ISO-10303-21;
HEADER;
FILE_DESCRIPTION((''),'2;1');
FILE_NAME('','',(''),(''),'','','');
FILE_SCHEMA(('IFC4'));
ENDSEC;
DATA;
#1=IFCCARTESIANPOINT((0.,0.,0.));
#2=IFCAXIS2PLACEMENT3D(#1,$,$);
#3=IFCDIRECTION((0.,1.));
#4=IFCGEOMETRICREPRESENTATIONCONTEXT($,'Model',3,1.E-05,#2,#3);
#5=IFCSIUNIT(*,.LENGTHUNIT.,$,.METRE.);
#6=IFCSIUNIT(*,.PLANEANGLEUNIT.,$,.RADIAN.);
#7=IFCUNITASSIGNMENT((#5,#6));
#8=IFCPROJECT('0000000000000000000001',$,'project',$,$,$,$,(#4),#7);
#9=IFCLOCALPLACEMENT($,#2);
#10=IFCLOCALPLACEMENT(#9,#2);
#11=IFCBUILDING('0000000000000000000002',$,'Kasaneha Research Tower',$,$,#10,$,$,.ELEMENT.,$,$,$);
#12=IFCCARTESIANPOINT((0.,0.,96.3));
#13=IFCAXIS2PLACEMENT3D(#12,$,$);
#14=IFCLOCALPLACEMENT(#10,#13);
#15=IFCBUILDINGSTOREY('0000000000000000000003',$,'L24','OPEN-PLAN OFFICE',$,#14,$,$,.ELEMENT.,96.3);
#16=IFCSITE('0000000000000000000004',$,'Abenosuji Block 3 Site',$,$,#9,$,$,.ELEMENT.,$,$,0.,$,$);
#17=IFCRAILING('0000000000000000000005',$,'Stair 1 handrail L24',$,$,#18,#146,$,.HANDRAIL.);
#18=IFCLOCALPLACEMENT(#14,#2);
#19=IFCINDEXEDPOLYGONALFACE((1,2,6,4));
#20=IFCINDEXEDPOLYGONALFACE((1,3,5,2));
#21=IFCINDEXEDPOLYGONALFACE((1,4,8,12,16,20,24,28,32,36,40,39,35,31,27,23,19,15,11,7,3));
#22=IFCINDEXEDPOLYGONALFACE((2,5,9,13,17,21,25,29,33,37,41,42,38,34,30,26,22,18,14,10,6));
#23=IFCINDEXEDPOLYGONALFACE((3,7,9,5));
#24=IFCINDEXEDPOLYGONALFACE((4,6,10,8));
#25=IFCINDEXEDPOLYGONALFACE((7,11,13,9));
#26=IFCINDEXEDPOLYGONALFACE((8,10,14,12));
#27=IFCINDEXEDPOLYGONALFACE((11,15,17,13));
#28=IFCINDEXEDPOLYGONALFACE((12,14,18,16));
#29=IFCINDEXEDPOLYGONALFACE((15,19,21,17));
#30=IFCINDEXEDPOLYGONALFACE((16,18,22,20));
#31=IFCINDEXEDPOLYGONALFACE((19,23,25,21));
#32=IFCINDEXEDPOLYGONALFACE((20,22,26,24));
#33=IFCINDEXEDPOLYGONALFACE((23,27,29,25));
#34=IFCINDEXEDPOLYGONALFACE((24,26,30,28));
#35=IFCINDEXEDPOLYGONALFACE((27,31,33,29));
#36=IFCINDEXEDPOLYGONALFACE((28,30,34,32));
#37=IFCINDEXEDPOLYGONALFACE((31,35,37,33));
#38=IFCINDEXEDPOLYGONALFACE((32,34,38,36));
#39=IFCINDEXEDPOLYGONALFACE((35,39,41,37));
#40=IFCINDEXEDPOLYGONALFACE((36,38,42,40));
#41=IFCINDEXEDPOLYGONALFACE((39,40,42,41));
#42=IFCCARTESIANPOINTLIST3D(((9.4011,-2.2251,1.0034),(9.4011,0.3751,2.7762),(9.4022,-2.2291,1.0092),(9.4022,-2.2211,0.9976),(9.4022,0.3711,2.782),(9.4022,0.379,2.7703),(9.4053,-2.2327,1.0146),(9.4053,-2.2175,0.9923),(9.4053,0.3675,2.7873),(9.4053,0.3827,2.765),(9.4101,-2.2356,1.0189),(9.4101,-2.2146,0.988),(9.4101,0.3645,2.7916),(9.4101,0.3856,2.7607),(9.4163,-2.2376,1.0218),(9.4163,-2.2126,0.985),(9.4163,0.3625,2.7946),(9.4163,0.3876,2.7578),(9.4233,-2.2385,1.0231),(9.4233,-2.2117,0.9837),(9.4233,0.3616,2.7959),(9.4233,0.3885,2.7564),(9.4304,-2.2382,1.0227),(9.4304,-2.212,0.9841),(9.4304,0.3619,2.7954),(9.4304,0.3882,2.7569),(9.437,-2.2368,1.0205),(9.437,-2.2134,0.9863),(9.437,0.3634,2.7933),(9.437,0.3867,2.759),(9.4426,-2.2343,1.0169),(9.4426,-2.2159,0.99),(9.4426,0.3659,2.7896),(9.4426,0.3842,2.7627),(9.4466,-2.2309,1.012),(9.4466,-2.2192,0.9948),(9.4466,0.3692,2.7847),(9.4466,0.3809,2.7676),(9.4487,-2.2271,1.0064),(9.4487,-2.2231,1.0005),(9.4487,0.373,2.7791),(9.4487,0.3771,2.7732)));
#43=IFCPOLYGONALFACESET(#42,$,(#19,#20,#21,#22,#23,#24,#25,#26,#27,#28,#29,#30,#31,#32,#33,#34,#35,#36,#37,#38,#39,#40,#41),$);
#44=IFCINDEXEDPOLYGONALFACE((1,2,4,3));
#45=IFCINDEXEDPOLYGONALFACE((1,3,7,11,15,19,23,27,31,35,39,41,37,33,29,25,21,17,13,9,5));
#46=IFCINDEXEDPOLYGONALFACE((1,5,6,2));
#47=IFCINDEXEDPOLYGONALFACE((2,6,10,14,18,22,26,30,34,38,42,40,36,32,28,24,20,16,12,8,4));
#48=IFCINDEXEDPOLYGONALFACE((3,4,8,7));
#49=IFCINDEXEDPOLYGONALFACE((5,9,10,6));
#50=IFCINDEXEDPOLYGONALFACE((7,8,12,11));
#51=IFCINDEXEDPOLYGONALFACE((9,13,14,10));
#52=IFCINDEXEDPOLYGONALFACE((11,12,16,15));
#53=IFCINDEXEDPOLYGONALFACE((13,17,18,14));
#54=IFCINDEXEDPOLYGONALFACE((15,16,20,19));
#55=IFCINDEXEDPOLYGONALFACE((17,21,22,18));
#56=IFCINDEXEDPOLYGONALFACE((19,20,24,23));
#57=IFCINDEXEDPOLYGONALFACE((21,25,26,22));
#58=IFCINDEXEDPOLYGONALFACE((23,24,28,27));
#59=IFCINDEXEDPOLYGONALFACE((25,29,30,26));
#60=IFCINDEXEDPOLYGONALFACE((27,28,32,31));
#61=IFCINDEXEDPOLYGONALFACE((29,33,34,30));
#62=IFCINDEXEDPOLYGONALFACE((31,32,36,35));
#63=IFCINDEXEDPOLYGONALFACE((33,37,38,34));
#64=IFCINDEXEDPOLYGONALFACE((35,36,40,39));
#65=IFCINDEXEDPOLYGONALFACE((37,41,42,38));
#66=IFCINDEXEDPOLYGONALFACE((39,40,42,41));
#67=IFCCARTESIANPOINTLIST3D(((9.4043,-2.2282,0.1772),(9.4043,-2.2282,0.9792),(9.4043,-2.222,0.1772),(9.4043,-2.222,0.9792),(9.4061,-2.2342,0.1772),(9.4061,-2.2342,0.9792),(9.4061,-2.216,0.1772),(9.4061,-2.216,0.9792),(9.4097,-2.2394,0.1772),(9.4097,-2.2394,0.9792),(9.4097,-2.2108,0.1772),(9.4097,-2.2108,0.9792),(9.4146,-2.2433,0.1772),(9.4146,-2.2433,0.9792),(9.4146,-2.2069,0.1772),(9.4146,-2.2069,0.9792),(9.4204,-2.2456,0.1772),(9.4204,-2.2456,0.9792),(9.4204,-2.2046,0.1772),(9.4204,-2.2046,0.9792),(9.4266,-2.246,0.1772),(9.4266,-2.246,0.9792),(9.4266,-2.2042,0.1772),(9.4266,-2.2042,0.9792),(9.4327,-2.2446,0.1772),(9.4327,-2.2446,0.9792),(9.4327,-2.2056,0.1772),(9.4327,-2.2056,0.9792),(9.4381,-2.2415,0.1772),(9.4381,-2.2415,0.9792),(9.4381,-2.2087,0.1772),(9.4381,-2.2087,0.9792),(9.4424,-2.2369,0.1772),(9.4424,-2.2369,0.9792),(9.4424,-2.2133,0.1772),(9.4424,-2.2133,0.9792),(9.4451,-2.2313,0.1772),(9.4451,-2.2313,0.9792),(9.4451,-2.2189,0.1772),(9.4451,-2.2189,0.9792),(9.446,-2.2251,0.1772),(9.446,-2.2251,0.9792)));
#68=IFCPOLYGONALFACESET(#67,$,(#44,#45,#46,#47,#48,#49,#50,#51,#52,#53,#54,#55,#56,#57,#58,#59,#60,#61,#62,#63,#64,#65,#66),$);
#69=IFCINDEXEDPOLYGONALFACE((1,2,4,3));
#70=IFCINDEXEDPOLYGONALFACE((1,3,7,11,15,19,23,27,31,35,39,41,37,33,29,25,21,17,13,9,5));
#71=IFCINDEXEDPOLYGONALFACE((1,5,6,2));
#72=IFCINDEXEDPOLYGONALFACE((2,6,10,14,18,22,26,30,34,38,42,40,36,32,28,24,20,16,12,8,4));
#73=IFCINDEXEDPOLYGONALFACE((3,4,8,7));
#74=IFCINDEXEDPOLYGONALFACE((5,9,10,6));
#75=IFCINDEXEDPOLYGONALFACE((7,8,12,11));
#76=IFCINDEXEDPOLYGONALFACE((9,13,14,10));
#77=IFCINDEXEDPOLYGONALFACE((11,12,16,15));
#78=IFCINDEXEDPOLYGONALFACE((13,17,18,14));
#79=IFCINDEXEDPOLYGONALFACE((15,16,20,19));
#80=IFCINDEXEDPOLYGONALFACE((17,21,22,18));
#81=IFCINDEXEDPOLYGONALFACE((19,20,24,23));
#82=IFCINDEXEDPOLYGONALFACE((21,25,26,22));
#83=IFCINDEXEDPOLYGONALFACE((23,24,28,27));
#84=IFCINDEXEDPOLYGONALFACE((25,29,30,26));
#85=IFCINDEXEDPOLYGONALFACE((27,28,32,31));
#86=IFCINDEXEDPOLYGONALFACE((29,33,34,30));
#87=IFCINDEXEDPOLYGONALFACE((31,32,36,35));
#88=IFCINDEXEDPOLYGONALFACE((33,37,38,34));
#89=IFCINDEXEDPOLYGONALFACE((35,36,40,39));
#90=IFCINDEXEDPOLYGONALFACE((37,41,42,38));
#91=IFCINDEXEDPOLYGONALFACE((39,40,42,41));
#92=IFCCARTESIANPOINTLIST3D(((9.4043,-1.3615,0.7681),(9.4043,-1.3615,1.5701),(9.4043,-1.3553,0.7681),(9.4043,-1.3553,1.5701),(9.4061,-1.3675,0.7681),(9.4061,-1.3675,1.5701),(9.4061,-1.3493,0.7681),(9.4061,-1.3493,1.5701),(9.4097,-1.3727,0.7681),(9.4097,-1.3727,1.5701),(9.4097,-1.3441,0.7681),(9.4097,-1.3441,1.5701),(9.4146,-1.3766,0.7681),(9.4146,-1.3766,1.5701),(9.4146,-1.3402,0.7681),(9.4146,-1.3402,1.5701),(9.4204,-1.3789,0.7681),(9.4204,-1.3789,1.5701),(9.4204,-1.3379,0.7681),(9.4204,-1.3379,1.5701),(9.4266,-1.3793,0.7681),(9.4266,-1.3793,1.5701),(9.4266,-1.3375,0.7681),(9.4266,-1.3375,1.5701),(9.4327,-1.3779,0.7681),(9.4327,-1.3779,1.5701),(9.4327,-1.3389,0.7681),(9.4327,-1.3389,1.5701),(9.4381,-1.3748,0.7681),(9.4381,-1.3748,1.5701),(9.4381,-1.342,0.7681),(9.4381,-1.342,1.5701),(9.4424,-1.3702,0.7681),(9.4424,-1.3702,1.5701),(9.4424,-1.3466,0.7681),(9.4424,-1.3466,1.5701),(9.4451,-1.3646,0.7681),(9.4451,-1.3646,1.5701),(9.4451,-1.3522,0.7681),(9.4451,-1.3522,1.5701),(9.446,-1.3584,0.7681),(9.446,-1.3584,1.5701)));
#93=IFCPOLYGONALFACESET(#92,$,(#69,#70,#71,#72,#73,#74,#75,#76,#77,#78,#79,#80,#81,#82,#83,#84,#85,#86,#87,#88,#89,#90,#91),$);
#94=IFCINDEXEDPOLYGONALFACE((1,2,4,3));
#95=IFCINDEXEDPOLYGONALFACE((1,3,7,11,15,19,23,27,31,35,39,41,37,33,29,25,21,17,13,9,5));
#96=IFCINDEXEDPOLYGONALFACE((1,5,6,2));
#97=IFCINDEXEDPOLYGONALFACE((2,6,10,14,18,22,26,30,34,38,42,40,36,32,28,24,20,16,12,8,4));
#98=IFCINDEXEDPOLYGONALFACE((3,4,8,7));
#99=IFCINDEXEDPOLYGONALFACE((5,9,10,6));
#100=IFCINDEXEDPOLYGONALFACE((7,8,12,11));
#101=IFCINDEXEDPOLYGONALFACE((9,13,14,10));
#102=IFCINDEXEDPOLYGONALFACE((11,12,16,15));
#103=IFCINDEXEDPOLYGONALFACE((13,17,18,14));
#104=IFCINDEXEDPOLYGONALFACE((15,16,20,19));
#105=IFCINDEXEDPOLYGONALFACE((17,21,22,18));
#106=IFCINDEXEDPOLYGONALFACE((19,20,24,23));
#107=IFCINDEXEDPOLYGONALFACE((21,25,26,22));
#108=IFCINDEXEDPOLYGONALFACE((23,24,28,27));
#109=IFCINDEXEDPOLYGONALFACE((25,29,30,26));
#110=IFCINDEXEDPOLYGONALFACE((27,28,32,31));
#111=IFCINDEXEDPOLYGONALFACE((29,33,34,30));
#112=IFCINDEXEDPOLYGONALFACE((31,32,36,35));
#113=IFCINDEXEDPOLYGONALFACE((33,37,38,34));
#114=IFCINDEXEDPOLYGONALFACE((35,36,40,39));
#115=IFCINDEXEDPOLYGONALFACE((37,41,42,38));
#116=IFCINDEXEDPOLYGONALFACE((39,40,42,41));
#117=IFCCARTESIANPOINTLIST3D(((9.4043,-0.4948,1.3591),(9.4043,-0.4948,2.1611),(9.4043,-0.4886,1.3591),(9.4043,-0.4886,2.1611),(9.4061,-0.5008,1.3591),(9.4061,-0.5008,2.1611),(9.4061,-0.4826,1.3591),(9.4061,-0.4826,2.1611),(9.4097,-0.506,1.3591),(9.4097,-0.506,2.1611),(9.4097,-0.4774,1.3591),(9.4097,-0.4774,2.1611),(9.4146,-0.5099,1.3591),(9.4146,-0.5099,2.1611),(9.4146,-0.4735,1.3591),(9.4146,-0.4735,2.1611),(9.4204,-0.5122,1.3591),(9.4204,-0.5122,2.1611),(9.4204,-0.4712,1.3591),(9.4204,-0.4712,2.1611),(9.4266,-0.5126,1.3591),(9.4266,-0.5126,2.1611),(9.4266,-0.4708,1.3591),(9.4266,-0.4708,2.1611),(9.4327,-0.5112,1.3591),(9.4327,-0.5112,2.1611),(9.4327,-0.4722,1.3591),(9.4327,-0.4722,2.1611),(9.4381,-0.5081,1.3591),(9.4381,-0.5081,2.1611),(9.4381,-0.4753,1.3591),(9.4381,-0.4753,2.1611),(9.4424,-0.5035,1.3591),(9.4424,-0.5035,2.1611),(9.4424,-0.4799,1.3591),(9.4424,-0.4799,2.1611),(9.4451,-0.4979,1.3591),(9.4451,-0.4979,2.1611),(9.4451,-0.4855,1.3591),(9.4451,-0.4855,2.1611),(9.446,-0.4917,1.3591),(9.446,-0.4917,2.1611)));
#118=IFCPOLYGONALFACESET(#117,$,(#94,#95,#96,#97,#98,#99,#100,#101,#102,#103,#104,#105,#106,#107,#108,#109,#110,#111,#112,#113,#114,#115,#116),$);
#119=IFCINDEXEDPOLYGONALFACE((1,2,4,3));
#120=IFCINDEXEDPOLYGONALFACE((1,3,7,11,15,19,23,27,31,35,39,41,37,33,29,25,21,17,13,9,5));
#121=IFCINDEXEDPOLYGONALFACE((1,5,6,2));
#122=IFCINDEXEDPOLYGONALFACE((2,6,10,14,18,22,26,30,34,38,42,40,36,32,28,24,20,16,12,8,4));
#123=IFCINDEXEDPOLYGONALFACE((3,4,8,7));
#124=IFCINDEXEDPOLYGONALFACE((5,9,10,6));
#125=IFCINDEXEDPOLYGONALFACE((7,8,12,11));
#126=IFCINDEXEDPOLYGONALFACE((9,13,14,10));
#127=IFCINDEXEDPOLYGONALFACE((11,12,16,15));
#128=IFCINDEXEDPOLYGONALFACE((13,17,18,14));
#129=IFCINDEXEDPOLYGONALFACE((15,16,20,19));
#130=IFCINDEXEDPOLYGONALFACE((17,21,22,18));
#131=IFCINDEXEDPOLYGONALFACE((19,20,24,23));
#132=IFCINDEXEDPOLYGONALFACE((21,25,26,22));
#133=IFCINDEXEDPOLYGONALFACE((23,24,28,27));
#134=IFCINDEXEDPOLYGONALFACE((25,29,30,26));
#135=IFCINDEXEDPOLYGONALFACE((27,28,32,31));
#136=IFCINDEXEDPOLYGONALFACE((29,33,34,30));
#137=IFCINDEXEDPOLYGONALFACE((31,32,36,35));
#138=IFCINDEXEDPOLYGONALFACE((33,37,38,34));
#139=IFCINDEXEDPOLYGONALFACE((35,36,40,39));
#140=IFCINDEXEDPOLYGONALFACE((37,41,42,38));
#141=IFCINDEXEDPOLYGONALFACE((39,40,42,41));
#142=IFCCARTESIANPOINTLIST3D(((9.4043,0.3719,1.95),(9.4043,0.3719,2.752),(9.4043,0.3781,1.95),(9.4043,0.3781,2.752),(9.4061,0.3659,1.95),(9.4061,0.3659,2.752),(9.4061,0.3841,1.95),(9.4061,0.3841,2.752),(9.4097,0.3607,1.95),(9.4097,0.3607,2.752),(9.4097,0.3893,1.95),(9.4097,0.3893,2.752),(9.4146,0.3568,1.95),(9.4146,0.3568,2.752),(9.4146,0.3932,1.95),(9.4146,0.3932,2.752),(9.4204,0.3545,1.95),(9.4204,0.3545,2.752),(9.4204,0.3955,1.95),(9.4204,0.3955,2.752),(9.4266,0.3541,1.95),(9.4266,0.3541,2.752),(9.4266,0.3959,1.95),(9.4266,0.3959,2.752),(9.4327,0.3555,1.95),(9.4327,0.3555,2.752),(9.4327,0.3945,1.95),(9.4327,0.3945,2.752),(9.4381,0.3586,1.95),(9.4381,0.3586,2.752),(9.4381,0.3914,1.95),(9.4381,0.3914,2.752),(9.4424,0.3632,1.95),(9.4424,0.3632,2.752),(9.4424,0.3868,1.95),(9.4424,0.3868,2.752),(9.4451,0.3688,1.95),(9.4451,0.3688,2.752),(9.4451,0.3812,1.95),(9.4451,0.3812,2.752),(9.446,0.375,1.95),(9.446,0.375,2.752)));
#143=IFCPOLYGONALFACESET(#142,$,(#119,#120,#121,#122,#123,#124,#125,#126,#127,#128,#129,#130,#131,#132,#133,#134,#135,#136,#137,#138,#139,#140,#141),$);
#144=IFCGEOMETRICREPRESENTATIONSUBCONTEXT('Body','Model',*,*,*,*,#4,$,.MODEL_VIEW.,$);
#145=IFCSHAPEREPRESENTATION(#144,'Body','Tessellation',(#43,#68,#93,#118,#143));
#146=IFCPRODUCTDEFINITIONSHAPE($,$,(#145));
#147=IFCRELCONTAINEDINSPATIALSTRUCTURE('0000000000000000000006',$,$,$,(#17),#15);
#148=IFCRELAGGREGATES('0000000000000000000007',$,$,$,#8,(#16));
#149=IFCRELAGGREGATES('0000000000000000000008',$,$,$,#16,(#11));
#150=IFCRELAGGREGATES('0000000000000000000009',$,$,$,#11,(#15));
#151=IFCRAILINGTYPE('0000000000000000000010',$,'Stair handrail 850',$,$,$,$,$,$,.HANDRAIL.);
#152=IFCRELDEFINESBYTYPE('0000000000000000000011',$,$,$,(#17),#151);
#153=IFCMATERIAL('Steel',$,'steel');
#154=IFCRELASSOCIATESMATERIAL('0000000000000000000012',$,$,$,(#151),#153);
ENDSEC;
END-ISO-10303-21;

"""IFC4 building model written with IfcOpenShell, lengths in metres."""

from ifc_helpers import new_model, si_unit, direction, frame, origin, origin_2d, place, context, subcontext, project, spatial, circle, extrude, material, type_object, element, save


model = new_model("IFC4")

# Units and contexts
model_context = context("Model", 3, precision=1e-05, world=origin(), true_north=direction((0.0, 1.0)))
body_context = subcontext(model_context, "Body", "Model", "MODEL_VIEW")
ifc_project = project(units=[si_unit("LENGTHUNIT", "METRE"), si_unit("PLANEANGLEUNIT", "RADIAN")], contexts=[model_context])

# Site, building, storey
site_placement = place(None, origin())
site = spatial("IfcSite", under=ifc_project, at=site_placement, Name="Abenosuji Block 3 Site", CompositionType="ELEMENT", RefElevation=0.0)
building_placement = place(site_placement, origin())
building = spatial("IfcBuilding", under=site, at=building_placement, Name="Kasaneha Research Tower", CompositionType="ELEMENT")
storey_placement = place(building_placement, frame((0.0, 0.0, 96.3)))
storey = spatial("IfcBuildingStorey", under=building, at=storey_placement, Name="L24", Description="OPEN-PLAN OFFICE", CompositionType="ELEMENT", Elevation=96.3)

# Railing
ifc_material_1 = material(Name="Steel", Category="steel")
railing_type = type_object("IfcRailingType", Name="Stair handrail 850", PredefinedType="HANDRAIL", material=ifc_material_1)
railing_placement = place(storey_placement, frame((9.425, -2.2251, 0.1772)))
element("IfcRailing", 1, at=railing_placement, inside=storey, type_object=railing_type, Name="Stair 1 handrail L24", PredefinedType="HANDRAIL", context=body_context, shape_type="SweptSolid", body=[
    extrude(circle(Radius=0.0239, at=origin_2d()), frame((0.0, 0.0, 0.8262), z_axis=(0.0, 0.82624, 0.563318), x_axis=(-1.0, 0.0, 0.0)), (0.0, 0.0, 1.0), 3.147),
    extrude(circle(Radius=0.021, at=origin_2d()), origin(), (0.0, 0.0, 1.0), 0.802),
    extrude(circle(Radius=0.021, at=origin_2d()), frame((0.0, 0.8667, 0.5908)), (0.0, 0.0, 1.0), 0.802),
    extrude(circle(Radius=0.021, at=origin_2d()), frame((0.0, 1.7334, 1.1819)), (0.0, 0.0, 1.0), 0.802),
    extrude(circle(Radius=0.021, at=origin_2d()), frame((0.0, 2.6001, 1.7727)), (0.0, 0.0, 1.0), 0.802),
])

save(model, "model.ifc")
